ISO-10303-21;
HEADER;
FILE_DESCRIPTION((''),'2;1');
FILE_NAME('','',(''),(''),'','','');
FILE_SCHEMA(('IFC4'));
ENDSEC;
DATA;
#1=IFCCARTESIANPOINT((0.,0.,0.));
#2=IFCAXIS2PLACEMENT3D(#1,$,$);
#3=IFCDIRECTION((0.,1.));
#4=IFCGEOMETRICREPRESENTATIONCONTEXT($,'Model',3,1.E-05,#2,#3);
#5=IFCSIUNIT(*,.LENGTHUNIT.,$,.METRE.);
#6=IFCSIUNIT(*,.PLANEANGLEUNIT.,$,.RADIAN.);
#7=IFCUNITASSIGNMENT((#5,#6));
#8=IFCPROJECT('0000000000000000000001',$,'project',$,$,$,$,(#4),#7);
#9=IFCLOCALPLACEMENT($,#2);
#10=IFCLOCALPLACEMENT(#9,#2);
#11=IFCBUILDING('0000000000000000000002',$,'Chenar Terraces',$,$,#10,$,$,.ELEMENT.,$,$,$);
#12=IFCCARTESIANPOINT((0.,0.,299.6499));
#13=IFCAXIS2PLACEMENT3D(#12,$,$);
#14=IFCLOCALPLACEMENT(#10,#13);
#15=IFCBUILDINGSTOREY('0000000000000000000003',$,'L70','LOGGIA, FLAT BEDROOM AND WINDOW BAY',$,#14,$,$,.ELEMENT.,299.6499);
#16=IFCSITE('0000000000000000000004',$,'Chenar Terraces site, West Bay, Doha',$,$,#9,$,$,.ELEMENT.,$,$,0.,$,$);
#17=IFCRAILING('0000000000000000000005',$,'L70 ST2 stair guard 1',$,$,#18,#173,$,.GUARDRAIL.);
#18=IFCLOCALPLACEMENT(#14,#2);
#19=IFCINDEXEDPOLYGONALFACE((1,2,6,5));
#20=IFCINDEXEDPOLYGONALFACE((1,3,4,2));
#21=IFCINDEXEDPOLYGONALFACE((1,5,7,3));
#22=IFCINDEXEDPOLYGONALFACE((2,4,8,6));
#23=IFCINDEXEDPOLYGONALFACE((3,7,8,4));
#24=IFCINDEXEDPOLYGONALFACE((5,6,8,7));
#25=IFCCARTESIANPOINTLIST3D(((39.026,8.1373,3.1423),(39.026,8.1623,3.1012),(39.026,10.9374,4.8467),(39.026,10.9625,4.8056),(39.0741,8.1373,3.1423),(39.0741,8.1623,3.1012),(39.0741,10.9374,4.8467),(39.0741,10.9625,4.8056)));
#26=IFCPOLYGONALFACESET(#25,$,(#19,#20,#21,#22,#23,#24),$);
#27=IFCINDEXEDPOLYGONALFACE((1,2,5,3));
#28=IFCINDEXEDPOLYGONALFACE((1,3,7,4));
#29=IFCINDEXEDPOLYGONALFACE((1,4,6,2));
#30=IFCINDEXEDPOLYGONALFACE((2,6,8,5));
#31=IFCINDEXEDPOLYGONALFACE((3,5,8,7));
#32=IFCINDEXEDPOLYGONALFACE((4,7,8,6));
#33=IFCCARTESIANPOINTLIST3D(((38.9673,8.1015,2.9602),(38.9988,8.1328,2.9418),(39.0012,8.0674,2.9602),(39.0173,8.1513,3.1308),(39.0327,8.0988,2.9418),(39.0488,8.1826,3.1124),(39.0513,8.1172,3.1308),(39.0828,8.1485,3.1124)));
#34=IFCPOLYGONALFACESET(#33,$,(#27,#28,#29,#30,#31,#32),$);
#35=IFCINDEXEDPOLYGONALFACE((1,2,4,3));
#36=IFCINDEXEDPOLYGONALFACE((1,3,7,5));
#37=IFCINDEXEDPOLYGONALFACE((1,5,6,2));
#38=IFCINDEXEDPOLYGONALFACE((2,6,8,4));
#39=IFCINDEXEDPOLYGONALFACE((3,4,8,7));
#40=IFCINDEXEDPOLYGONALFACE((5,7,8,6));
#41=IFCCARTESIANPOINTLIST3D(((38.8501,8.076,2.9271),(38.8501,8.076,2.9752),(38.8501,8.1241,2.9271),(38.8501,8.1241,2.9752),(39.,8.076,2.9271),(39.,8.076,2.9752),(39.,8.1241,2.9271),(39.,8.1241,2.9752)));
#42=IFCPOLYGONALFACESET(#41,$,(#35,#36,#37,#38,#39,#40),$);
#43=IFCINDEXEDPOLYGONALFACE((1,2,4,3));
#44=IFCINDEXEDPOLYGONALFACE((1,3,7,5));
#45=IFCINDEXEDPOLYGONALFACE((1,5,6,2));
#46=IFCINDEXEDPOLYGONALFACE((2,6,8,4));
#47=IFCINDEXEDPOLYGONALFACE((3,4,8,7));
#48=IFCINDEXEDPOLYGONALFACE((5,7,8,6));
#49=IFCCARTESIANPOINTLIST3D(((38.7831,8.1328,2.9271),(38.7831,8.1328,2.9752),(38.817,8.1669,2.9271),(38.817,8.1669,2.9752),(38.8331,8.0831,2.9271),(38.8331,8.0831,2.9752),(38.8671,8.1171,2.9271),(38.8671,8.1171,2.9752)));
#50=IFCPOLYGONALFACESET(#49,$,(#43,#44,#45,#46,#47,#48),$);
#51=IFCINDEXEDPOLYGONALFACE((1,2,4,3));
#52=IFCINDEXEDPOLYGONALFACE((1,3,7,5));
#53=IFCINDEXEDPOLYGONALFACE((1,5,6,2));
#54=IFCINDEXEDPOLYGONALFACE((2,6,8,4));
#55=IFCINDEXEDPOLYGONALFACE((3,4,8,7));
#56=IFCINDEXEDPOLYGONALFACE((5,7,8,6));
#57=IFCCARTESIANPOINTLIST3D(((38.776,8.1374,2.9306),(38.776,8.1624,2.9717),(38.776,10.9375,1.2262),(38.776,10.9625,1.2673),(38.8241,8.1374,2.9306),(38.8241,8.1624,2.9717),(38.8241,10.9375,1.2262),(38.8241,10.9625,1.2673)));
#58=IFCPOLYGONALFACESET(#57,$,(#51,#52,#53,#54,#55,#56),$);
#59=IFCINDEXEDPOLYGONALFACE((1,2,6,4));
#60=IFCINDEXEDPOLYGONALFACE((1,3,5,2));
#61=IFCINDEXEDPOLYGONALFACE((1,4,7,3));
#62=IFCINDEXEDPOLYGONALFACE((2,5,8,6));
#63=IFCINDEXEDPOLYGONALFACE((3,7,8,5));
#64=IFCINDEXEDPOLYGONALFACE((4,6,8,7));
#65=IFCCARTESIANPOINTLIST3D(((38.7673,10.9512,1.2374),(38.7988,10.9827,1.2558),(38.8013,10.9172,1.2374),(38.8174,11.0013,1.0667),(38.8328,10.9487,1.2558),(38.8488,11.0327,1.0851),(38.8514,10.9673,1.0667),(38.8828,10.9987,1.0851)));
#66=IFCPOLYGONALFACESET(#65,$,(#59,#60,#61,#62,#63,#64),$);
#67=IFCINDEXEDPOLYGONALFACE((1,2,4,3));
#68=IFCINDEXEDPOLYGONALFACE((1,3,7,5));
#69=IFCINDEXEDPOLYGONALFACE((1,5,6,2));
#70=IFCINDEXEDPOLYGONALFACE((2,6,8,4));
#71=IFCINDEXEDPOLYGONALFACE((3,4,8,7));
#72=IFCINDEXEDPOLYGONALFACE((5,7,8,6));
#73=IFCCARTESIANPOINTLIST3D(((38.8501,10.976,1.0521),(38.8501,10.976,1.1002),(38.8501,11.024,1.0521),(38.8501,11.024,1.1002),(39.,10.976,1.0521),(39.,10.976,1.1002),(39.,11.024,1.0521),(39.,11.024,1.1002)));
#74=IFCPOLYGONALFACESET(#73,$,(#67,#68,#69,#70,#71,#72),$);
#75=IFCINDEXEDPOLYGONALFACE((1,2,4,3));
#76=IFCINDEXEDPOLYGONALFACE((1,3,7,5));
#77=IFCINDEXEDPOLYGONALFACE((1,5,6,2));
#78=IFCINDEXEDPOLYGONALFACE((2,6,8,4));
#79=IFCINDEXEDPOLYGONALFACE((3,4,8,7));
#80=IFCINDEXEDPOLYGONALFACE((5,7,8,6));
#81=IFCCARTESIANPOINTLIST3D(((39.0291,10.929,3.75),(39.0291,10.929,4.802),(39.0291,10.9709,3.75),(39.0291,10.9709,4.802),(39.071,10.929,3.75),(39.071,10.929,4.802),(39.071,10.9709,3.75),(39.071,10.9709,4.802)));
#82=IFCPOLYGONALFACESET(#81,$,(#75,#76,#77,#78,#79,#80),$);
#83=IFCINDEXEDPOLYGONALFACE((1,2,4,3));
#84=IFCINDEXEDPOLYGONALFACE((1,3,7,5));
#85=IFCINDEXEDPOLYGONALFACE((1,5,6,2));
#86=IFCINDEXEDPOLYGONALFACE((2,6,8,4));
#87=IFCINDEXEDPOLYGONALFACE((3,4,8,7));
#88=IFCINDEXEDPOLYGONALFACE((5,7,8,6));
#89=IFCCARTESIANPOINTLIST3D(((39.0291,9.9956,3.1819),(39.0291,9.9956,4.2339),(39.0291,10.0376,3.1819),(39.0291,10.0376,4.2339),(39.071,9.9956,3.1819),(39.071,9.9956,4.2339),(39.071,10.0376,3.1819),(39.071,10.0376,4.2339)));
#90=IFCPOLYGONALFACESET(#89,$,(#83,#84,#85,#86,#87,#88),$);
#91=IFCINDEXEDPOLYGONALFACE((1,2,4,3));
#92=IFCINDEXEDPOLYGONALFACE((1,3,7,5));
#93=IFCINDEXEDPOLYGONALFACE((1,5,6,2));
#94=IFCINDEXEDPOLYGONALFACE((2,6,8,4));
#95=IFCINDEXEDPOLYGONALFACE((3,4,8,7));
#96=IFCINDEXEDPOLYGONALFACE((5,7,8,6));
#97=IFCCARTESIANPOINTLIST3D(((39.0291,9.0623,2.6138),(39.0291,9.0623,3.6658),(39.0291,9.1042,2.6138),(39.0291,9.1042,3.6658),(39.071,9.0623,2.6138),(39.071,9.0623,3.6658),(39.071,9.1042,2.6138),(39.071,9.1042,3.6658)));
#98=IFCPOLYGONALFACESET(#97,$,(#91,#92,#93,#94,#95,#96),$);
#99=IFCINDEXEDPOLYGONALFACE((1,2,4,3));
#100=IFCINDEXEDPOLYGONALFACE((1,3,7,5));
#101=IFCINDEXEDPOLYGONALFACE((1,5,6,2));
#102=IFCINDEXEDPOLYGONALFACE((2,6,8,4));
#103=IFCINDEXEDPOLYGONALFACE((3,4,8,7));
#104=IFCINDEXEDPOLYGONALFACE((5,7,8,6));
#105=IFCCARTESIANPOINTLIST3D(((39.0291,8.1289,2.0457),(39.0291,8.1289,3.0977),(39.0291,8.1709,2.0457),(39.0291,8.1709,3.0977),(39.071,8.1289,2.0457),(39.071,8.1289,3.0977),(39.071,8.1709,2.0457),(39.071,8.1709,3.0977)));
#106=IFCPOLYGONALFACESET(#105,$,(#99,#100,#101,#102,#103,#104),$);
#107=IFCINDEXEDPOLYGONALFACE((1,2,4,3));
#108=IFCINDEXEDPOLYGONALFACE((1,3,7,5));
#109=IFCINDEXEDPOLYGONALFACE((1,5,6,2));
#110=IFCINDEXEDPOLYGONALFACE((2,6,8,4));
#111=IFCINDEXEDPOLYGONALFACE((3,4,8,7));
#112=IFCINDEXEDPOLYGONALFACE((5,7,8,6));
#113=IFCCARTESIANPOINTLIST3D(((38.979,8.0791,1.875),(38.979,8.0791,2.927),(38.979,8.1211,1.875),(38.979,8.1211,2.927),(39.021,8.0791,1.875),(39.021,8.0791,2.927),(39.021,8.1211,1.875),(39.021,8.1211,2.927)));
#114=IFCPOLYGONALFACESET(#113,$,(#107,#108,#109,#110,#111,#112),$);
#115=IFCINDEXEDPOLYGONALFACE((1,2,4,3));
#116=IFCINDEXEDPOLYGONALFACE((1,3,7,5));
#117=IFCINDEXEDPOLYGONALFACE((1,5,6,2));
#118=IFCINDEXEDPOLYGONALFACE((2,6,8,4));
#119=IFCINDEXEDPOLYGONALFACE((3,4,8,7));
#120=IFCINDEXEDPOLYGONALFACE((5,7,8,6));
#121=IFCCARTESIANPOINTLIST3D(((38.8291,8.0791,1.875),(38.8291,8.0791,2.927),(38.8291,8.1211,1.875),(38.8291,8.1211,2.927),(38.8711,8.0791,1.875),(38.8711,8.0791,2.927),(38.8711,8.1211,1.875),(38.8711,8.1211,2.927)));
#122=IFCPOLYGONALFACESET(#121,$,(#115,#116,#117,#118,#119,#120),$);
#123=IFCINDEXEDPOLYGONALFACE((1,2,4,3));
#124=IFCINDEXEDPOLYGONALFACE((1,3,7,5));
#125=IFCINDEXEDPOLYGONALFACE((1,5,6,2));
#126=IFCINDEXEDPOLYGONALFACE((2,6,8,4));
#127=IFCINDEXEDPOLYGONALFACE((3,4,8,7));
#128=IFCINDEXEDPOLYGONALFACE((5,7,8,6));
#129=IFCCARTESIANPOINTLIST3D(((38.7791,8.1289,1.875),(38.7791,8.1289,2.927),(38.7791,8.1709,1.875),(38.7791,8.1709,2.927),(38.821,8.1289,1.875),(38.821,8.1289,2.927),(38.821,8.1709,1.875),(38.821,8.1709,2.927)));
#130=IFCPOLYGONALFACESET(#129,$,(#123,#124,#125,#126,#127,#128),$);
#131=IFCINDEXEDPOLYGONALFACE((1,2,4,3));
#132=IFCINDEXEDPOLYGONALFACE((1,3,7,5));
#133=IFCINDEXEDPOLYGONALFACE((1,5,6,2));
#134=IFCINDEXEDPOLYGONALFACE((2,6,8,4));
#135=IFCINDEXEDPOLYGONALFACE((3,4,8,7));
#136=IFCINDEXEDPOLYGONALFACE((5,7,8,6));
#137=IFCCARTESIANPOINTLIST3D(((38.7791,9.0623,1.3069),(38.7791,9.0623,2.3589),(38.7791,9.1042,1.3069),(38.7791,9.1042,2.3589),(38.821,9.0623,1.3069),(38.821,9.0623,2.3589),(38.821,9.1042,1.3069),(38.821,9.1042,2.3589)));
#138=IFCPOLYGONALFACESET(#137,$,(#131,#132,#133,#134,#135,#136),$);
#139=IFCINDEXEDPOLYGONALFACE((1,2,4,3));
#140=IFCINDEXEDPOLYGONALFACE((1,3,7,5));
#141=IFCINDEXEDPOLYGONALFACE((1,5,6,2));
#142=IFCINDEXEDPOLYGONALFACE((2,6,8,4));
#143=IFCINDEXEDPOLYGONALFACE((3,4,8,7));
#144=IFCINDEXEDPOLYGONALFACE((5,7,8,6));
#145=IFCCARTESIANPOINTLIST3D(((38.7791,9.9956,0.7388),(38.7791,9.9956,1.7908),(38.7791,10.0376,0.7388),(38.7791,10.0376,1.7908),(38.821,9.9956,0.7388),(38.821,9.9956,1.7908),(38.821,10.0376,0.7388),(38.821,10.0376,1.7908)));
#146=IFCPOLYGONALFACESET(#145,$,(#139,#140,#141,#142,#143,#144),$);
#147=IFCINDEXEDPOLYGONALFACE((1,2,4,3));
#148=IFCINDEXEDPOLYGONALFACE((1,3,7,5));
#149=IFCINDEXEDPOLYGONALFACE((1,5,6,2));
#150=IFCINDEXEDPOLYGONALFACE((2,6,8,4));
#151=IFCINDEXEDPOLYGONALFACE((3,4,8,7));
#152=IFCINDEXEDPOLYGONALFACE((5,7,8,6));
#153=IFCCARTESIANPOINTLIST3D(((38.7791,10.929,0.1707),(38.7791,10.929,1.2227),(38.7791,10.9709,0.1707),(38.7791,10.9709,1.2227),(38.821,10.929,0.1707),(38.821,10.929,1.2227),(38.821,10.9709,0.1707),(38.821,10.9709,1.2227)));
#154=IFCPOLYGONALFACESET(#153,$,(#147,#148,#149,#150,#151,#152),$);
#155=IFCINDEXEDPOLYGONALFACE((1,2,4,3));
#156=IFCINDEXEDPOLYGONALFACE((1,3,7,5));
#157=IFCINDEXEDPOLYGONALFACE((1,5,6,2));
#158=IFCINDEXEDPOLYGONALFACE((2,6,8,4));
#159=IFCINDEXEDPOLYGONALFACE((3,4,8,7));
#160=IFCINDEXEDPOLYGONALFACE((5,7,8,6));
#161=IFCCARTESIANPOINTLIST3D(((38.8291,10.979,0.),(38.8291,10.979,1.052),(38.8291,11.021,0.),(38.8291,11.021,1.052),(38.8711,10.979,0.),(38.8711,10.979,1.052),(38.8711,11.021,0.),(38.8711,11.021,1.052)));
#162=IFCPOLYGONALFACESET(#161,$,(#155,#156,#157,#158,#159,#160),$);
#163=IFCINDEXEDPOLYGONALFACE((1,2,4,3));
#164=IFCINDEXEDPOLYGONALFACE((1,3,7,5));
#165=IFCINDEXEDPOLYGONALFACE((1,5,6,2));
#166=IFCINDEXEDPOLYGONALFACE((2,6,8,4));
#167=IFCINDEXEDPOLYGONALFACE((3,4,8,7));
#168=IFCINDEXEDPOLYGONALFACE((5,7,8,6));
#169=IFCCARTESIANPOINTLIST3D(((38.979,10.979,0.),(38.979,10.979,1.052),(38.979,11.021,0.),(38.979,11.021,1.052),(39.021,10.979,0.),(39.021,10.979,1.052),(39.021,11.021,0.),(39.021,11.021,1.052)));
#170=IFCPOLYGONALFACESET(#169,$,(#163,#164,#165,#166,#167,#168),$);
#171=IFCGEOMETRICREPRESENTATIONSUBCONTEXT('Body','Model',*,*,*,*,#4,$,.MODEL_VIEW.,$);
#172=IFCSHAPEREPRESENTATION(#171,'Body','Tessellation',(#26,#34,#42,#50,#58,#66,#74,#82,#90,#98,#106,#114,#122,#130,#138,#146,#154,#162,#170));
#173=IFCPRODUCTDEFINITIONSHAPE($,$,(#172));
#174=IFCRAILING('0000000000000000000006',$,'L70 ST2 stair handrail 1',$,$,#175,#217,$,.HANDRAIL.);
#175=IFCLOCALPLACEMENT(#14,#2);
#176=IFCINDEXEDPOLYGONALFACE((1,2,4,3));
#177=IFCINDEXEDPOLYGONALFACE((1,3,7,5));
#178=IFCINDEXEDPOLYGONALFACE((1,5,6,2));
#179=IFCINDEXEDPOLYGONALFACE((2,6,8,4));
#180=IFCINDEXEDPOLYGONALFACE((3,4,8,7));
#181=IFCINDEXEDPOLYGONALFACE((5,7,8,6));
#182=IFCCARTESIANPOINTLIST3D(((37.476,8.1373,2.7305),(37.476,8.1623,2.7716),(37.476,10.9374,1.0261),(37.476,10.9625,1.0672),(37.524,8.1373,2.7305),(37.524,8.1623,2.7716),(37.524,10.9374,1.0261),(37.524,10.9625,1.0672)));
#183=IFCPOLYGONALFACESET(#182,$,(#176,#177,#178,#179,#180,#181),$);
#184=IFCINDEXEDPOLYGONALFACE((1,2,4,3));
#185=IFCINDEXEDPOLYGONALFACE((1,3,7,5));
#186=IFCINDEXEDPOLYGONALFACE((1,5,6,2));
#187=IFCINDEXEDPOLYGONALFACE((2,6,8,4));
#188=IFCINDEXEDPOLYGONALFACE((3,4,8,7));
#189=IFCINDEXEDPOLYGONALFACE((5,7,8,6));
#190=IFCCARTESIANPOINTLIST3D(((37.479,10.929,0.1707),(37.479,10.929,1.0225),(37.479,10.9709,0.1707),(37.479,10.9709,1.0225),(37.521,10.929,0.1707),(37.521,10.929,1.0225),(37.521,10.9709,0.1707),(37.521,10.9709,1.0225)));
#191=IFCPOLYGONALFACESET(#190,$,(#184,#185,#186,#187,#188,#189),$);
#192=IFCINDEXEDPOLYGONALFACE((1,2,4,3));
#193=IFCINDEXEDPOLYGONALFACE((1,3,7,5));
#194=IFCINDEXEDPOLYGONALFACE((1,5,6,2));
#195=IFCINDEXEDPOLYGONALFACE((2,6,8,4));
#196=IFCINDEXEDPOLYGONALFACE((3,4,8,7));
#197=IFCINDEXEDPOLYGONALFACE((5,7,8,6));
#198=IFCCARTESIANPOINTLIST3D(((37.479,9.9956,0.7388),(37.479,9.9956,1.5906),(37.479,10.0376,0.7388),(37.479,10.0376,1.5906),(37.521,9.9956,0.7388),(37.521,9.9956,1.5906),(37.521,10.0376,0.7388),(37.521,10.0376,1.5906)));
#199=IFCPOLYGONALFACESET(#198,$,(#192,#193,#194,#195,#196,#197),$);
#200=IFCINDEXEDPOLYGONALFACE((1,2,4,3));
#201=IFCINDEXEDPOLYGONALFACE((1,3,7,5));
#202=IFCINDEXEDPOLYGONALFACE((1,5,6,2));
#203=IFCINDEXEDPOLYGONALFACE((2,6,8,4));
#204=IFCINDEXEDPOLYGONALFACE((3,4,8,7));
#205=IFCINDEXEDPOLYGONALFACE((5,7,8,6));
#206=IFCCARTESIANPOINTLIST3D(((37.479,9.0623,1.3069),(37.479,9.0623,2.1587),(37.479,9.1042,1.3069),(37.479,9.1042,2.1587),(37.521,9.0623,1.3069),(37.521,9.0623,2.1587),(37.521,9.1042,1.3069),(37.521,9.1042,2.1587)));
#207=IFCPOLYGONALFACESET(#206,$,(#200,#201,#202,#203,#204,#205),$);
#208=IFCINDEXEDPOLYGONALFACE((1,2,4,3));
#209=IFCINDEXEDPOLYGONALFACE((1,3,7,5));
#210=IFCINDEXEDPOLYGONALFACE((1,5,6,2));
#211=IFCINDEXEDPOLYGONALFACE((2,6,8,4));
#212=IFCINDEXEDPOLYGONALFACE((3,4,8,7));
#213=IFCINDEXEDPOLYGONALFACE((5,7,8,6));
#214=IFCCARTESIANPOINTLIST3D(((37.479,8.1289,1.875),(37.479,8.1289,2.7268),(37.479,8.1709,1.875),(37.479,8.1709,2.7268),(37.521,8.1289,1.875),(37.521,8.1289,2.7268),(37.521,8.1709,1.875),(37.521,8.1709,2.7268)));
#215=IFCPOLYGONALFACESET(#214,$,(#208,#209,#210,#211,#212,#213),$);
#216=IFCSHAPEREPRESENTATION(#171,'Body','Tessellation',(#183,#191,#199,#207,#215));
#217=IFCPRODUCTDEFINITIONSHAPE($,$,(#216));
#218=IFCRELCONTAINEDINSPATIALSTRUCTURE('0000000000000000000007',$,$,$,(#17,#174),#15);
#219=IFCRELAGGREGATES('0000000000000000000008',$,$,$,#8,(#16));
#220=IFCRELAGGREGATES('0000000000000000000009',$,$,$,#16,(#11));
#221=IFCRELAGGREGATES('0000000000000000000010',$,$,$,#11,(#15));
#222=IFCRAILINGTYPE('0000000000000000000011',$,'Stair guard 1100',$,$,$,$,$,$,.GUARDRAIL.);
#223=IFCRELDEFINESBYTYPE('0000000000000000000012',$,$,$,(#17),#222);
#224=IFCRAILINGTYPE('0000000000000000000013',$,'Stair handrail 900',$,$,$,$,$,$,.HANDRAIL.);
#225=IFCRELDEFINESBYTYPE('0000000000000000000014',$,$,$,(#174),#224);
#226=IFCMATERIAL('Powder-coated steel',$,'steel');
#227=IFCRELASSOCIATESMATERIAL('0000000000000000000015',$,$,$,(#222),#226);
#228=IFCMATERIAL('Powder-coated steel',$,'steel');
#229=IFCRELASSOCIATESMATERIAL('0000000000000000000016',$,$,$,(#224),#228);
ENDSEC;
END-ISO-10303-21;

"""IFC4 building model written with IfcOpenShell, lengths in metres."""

from ifc_helpers import new_model, si_unit, direction, frame, origin, origin_2d, place, context, subcontext, project, spatial, rectangle, extrude, material, type_object, element, save


model = new_model("IFC4")

# Units and contexts
model_context = context("Model", 3, precision=1e-05, world=origin(), true_north=direction((0.0, 1.0)))
body_context = subcontext(model_context, "Body", "Model", "MODEL_VIEW")
ifc_project = project(units=[si_unit("LENGTHUNIT", "METRE"), si_unit("PLANEANGLEUNIT", "RADIAN")], contexts=[model_context])

# Site, building, storey
site_placement = place(None, origin())
site = spatial("IfcSite", under=ifc_project, at=site_placement, Name="Chenar Terraces site, West Bay, Doha", CompositionType="ELEMENT", RefElevation=0.0)
building_placement = place(site_placement, origin())
building = spatial("IfcBuilding", under=site, at=building_placement, Name="Chenar Terraces", CompositionType="ELEMENT")
storey_placement = place(building_placement, frame((0.0, 0.0, 299.6499)))
storey = spatial("IfcBuildingStorey", under=building, at=storey_placement, Name="L70", Description="LOGGIA, FLAT BEDROOM AND WINDOW BAY", CompositionType="ELEMENT", Elevation=299.6499)

# Railings
ifc_material_1 = material(Name="Powder-coated steel", Category="steel")
railing_type_1 = type_object("IfcRailingType", Name="Stair guard 1100", PredefinedType="GUARDRAIL", material=ifc_material_1)
railing_1_placement = place(storey_placement, frame((39.05, 10.95, 3.75)))
element("IfcRailing", 1, at=railing_1_placement, inside=storey, type_object=railing_type_1, Name="L70 ST2 stair guard 1", PredefinedType="GUARDRAIL", context=body_context, shape_type="SweptSolid", body=[
    extrude(rectangle(XDim=0.0481, YDim=0.0481, at=origin_2d()), frame((0.0, 0.0, 1.0762), z_axis=(0.0, -0.854203, -0.51994), x_axis=(1.0, 0.0, 0.0)), (0.0, 0.0, 1.0), 3.2781),
    extrude(rectangle(XDim=0.0481, YDim=0.0481, at=origin_2d()), frame((0.0, -2.8, -0.6284), z_axis=(-0.270997, -0.269675, -0.924033), x_axis=(0.705376, -0.708834, 0.0)), (0.0, 0.0, 1.0), 0.1846),
    extrude(rectangle(XDim=0.0481, YDim=0.0481, at=origin_2d()), frame((-0.05, -2.8499, -0.7988), z_axis=(-1.0, 0.0, 0.0), x_axis=(0.0, -1.0, 0.0)), (0.0, 0.0, 1.0), 0.1499),
    extrude(rectangle(XDim=0.0481, YDim=0.0481, at=origin_2d()), frame((-0.2, -2.8499, -0.7988), z_axis=(-0.708834, 0.705376, 0.0), x_axis=(-0.705376, -0.708834, 0.0)), (0.0, 0.0, 1.0), 0.0706),
    extrude(rectangle(XDim=0.0481, YDim=0.0481, at=origin_2d()), frame((-0.25, -2.8, -0.7988), z_axis=(0.0, 0.854203, -0.51994), x_axis=(-1.0, 0.0, 0.0)), (0.0, 0.0, 1.0), 3.2781),
    extrude(rectangle(XDim=0.0481, YDim=0.0481, at=origin_2d()), frame((-0.25, 0.0, -2.5034), z_axis=(0.2709, 0.2709, -0.923703), x_axis=(-0.707107, 0.707107, 0.0)), (0.0, 0.0, 1.0), 0.1848),
    extrude(rectangle(XDim=0.0481, YDim=0.0481, at=origin_2d()), frame((-0.2, 0.05, -2.6738), z_axis=(1.0, 0.0, 0.0), x_axis=(0.0, 1.0, 0.0)), (0.0, 0.0, 1.0), 0.1499),
    extrude(rectangle(XDim=0.042, YDim=0.042, at=origin_2d()), origin(), (0.0, 0.0, 1.0), 1.052),
    extrude(rectangle(XDim=0.042, YDim=0.042, at=origin_2d()), frame((0.0, -0.9333, -0.5681)), (0.0, 0.0, 1.0), 1.052),
    extrude(rectangle(XDim=0.042, YDim=0.042, at=origin_2d()), frame((0.0, -1.8667, -1.1362)), (0.0, 0.0, 1.0), 1.052),
    extrude(rectangle(XDim=0.042, YDim=0.042, at=origin_2d()), frame((0.0, -2.8, -1.7043)), (0.0, 0.0, 1.0), 1.052),
    extrude(rectangle(XDim=0.042, YDim=0.042, at=origin_2d()), frame((-0.05, -2.8499, -1.875)), (0.0, 0.0, 1.0), 1.052),
    extrude(rectangle(XDim=0.042, YDim=0.042, at=origin_2d()), frame((-0.2, -2.8499, -1.875)), (0.0, 0.0, 1.0), 1.052),
    extrude(rectangle(XDim=0.042, YDim=0.042, at=origin_2d()), frame((-0.25, -2.8, -1.875)), (0.0, 0.0, 1.0), 1.052),
    extrude(rectangle(XDim=0.042, YDim=0.042, at=origin_2d()), frame((-0.25, -1.8667, -2.4431)), (0.0, 0.0, 1.0), 1.052),
    extrude(rectangle(XDim=0.042, YDim=0.042, at=origin_2d()), frame((-0.25, -0.9333, -3.0112)), (0.0, 0.0, 1.0), 1.052),
    extrude(rectangle(XDim=0.042, YDim=0.042, at=origin_2d()), frame((-0.25, 0.0, -3.5793)), (0.0, 0.0, 1.0), 1.052),
    extrude(rectangle(XDim=0.042, YDim=0.042, at=origin_2d()), frame((-0.2, 0.05, -3.75)), (0.0, 0.0, 1.0), 1.052),
    extrude(rectangle(XDim=0.042, YDim=0.042, at=origin_2d()), frame((-0.05, 0.05, -3.75)), (0.0, 0.0, 1.0), 1.052),
])
ifc_material_2 = material(Name="Powder-coated steel", Category="steel")
railing_type_2 = type_object("IfcRailingType", Name="Stair handrail 900", PredefinedType="HANDRAIL", material=ifc_material_2)
railing_2_placement = place(storey_placement, frame((37.5, 10.95, 0.1707)))
element("IfcRailing", 2, at=railing_2_placement, inside=storey, type_object=railing_type_2, Name="L70 ST2 stair handrail 1", PredefinedType="HANDRAIL", context=body_context, shape_type="SweptSolid", body=[
    extrude(rectangle(XDim=0.0481, YDim=0.0481, at=origin_2d()), frame((0.0, 0.0, 0.876), z_axis=(0.0, -0.854203, 0.51994), x_axis=(1.0, 0.0, 0.0)), (0.0, 0.0, 1.0), 3.2781),
    extrude(rectangle(XDim=0.042, YDim=0.042, at=origin_2d()), origin(), (0.0, 0.0, 1.0), 0.8518),
    extrude(rectangle(XDim=0.042, YDim=0.042, at=origin_2d()), frame((0.0, -0.9333, 0.5681)), (0.0, 0.0, 1.0), 0.8518),
    extrude(rectangle(XDim=0.042, YDim=0.042, at=origin_2d()), frame((0.0, -1.8667, 1.1362)), (0.0, 0.0, 1.0), 0.8518),
    extrude(rectangle(XDim=0.042, YDim=0.042, at=origin_2d()), frame((0.0, -2.8, 1.7043)), (0.0, 0.0, 1.0), 0.8518),
])

save(model, "model.ifc")
